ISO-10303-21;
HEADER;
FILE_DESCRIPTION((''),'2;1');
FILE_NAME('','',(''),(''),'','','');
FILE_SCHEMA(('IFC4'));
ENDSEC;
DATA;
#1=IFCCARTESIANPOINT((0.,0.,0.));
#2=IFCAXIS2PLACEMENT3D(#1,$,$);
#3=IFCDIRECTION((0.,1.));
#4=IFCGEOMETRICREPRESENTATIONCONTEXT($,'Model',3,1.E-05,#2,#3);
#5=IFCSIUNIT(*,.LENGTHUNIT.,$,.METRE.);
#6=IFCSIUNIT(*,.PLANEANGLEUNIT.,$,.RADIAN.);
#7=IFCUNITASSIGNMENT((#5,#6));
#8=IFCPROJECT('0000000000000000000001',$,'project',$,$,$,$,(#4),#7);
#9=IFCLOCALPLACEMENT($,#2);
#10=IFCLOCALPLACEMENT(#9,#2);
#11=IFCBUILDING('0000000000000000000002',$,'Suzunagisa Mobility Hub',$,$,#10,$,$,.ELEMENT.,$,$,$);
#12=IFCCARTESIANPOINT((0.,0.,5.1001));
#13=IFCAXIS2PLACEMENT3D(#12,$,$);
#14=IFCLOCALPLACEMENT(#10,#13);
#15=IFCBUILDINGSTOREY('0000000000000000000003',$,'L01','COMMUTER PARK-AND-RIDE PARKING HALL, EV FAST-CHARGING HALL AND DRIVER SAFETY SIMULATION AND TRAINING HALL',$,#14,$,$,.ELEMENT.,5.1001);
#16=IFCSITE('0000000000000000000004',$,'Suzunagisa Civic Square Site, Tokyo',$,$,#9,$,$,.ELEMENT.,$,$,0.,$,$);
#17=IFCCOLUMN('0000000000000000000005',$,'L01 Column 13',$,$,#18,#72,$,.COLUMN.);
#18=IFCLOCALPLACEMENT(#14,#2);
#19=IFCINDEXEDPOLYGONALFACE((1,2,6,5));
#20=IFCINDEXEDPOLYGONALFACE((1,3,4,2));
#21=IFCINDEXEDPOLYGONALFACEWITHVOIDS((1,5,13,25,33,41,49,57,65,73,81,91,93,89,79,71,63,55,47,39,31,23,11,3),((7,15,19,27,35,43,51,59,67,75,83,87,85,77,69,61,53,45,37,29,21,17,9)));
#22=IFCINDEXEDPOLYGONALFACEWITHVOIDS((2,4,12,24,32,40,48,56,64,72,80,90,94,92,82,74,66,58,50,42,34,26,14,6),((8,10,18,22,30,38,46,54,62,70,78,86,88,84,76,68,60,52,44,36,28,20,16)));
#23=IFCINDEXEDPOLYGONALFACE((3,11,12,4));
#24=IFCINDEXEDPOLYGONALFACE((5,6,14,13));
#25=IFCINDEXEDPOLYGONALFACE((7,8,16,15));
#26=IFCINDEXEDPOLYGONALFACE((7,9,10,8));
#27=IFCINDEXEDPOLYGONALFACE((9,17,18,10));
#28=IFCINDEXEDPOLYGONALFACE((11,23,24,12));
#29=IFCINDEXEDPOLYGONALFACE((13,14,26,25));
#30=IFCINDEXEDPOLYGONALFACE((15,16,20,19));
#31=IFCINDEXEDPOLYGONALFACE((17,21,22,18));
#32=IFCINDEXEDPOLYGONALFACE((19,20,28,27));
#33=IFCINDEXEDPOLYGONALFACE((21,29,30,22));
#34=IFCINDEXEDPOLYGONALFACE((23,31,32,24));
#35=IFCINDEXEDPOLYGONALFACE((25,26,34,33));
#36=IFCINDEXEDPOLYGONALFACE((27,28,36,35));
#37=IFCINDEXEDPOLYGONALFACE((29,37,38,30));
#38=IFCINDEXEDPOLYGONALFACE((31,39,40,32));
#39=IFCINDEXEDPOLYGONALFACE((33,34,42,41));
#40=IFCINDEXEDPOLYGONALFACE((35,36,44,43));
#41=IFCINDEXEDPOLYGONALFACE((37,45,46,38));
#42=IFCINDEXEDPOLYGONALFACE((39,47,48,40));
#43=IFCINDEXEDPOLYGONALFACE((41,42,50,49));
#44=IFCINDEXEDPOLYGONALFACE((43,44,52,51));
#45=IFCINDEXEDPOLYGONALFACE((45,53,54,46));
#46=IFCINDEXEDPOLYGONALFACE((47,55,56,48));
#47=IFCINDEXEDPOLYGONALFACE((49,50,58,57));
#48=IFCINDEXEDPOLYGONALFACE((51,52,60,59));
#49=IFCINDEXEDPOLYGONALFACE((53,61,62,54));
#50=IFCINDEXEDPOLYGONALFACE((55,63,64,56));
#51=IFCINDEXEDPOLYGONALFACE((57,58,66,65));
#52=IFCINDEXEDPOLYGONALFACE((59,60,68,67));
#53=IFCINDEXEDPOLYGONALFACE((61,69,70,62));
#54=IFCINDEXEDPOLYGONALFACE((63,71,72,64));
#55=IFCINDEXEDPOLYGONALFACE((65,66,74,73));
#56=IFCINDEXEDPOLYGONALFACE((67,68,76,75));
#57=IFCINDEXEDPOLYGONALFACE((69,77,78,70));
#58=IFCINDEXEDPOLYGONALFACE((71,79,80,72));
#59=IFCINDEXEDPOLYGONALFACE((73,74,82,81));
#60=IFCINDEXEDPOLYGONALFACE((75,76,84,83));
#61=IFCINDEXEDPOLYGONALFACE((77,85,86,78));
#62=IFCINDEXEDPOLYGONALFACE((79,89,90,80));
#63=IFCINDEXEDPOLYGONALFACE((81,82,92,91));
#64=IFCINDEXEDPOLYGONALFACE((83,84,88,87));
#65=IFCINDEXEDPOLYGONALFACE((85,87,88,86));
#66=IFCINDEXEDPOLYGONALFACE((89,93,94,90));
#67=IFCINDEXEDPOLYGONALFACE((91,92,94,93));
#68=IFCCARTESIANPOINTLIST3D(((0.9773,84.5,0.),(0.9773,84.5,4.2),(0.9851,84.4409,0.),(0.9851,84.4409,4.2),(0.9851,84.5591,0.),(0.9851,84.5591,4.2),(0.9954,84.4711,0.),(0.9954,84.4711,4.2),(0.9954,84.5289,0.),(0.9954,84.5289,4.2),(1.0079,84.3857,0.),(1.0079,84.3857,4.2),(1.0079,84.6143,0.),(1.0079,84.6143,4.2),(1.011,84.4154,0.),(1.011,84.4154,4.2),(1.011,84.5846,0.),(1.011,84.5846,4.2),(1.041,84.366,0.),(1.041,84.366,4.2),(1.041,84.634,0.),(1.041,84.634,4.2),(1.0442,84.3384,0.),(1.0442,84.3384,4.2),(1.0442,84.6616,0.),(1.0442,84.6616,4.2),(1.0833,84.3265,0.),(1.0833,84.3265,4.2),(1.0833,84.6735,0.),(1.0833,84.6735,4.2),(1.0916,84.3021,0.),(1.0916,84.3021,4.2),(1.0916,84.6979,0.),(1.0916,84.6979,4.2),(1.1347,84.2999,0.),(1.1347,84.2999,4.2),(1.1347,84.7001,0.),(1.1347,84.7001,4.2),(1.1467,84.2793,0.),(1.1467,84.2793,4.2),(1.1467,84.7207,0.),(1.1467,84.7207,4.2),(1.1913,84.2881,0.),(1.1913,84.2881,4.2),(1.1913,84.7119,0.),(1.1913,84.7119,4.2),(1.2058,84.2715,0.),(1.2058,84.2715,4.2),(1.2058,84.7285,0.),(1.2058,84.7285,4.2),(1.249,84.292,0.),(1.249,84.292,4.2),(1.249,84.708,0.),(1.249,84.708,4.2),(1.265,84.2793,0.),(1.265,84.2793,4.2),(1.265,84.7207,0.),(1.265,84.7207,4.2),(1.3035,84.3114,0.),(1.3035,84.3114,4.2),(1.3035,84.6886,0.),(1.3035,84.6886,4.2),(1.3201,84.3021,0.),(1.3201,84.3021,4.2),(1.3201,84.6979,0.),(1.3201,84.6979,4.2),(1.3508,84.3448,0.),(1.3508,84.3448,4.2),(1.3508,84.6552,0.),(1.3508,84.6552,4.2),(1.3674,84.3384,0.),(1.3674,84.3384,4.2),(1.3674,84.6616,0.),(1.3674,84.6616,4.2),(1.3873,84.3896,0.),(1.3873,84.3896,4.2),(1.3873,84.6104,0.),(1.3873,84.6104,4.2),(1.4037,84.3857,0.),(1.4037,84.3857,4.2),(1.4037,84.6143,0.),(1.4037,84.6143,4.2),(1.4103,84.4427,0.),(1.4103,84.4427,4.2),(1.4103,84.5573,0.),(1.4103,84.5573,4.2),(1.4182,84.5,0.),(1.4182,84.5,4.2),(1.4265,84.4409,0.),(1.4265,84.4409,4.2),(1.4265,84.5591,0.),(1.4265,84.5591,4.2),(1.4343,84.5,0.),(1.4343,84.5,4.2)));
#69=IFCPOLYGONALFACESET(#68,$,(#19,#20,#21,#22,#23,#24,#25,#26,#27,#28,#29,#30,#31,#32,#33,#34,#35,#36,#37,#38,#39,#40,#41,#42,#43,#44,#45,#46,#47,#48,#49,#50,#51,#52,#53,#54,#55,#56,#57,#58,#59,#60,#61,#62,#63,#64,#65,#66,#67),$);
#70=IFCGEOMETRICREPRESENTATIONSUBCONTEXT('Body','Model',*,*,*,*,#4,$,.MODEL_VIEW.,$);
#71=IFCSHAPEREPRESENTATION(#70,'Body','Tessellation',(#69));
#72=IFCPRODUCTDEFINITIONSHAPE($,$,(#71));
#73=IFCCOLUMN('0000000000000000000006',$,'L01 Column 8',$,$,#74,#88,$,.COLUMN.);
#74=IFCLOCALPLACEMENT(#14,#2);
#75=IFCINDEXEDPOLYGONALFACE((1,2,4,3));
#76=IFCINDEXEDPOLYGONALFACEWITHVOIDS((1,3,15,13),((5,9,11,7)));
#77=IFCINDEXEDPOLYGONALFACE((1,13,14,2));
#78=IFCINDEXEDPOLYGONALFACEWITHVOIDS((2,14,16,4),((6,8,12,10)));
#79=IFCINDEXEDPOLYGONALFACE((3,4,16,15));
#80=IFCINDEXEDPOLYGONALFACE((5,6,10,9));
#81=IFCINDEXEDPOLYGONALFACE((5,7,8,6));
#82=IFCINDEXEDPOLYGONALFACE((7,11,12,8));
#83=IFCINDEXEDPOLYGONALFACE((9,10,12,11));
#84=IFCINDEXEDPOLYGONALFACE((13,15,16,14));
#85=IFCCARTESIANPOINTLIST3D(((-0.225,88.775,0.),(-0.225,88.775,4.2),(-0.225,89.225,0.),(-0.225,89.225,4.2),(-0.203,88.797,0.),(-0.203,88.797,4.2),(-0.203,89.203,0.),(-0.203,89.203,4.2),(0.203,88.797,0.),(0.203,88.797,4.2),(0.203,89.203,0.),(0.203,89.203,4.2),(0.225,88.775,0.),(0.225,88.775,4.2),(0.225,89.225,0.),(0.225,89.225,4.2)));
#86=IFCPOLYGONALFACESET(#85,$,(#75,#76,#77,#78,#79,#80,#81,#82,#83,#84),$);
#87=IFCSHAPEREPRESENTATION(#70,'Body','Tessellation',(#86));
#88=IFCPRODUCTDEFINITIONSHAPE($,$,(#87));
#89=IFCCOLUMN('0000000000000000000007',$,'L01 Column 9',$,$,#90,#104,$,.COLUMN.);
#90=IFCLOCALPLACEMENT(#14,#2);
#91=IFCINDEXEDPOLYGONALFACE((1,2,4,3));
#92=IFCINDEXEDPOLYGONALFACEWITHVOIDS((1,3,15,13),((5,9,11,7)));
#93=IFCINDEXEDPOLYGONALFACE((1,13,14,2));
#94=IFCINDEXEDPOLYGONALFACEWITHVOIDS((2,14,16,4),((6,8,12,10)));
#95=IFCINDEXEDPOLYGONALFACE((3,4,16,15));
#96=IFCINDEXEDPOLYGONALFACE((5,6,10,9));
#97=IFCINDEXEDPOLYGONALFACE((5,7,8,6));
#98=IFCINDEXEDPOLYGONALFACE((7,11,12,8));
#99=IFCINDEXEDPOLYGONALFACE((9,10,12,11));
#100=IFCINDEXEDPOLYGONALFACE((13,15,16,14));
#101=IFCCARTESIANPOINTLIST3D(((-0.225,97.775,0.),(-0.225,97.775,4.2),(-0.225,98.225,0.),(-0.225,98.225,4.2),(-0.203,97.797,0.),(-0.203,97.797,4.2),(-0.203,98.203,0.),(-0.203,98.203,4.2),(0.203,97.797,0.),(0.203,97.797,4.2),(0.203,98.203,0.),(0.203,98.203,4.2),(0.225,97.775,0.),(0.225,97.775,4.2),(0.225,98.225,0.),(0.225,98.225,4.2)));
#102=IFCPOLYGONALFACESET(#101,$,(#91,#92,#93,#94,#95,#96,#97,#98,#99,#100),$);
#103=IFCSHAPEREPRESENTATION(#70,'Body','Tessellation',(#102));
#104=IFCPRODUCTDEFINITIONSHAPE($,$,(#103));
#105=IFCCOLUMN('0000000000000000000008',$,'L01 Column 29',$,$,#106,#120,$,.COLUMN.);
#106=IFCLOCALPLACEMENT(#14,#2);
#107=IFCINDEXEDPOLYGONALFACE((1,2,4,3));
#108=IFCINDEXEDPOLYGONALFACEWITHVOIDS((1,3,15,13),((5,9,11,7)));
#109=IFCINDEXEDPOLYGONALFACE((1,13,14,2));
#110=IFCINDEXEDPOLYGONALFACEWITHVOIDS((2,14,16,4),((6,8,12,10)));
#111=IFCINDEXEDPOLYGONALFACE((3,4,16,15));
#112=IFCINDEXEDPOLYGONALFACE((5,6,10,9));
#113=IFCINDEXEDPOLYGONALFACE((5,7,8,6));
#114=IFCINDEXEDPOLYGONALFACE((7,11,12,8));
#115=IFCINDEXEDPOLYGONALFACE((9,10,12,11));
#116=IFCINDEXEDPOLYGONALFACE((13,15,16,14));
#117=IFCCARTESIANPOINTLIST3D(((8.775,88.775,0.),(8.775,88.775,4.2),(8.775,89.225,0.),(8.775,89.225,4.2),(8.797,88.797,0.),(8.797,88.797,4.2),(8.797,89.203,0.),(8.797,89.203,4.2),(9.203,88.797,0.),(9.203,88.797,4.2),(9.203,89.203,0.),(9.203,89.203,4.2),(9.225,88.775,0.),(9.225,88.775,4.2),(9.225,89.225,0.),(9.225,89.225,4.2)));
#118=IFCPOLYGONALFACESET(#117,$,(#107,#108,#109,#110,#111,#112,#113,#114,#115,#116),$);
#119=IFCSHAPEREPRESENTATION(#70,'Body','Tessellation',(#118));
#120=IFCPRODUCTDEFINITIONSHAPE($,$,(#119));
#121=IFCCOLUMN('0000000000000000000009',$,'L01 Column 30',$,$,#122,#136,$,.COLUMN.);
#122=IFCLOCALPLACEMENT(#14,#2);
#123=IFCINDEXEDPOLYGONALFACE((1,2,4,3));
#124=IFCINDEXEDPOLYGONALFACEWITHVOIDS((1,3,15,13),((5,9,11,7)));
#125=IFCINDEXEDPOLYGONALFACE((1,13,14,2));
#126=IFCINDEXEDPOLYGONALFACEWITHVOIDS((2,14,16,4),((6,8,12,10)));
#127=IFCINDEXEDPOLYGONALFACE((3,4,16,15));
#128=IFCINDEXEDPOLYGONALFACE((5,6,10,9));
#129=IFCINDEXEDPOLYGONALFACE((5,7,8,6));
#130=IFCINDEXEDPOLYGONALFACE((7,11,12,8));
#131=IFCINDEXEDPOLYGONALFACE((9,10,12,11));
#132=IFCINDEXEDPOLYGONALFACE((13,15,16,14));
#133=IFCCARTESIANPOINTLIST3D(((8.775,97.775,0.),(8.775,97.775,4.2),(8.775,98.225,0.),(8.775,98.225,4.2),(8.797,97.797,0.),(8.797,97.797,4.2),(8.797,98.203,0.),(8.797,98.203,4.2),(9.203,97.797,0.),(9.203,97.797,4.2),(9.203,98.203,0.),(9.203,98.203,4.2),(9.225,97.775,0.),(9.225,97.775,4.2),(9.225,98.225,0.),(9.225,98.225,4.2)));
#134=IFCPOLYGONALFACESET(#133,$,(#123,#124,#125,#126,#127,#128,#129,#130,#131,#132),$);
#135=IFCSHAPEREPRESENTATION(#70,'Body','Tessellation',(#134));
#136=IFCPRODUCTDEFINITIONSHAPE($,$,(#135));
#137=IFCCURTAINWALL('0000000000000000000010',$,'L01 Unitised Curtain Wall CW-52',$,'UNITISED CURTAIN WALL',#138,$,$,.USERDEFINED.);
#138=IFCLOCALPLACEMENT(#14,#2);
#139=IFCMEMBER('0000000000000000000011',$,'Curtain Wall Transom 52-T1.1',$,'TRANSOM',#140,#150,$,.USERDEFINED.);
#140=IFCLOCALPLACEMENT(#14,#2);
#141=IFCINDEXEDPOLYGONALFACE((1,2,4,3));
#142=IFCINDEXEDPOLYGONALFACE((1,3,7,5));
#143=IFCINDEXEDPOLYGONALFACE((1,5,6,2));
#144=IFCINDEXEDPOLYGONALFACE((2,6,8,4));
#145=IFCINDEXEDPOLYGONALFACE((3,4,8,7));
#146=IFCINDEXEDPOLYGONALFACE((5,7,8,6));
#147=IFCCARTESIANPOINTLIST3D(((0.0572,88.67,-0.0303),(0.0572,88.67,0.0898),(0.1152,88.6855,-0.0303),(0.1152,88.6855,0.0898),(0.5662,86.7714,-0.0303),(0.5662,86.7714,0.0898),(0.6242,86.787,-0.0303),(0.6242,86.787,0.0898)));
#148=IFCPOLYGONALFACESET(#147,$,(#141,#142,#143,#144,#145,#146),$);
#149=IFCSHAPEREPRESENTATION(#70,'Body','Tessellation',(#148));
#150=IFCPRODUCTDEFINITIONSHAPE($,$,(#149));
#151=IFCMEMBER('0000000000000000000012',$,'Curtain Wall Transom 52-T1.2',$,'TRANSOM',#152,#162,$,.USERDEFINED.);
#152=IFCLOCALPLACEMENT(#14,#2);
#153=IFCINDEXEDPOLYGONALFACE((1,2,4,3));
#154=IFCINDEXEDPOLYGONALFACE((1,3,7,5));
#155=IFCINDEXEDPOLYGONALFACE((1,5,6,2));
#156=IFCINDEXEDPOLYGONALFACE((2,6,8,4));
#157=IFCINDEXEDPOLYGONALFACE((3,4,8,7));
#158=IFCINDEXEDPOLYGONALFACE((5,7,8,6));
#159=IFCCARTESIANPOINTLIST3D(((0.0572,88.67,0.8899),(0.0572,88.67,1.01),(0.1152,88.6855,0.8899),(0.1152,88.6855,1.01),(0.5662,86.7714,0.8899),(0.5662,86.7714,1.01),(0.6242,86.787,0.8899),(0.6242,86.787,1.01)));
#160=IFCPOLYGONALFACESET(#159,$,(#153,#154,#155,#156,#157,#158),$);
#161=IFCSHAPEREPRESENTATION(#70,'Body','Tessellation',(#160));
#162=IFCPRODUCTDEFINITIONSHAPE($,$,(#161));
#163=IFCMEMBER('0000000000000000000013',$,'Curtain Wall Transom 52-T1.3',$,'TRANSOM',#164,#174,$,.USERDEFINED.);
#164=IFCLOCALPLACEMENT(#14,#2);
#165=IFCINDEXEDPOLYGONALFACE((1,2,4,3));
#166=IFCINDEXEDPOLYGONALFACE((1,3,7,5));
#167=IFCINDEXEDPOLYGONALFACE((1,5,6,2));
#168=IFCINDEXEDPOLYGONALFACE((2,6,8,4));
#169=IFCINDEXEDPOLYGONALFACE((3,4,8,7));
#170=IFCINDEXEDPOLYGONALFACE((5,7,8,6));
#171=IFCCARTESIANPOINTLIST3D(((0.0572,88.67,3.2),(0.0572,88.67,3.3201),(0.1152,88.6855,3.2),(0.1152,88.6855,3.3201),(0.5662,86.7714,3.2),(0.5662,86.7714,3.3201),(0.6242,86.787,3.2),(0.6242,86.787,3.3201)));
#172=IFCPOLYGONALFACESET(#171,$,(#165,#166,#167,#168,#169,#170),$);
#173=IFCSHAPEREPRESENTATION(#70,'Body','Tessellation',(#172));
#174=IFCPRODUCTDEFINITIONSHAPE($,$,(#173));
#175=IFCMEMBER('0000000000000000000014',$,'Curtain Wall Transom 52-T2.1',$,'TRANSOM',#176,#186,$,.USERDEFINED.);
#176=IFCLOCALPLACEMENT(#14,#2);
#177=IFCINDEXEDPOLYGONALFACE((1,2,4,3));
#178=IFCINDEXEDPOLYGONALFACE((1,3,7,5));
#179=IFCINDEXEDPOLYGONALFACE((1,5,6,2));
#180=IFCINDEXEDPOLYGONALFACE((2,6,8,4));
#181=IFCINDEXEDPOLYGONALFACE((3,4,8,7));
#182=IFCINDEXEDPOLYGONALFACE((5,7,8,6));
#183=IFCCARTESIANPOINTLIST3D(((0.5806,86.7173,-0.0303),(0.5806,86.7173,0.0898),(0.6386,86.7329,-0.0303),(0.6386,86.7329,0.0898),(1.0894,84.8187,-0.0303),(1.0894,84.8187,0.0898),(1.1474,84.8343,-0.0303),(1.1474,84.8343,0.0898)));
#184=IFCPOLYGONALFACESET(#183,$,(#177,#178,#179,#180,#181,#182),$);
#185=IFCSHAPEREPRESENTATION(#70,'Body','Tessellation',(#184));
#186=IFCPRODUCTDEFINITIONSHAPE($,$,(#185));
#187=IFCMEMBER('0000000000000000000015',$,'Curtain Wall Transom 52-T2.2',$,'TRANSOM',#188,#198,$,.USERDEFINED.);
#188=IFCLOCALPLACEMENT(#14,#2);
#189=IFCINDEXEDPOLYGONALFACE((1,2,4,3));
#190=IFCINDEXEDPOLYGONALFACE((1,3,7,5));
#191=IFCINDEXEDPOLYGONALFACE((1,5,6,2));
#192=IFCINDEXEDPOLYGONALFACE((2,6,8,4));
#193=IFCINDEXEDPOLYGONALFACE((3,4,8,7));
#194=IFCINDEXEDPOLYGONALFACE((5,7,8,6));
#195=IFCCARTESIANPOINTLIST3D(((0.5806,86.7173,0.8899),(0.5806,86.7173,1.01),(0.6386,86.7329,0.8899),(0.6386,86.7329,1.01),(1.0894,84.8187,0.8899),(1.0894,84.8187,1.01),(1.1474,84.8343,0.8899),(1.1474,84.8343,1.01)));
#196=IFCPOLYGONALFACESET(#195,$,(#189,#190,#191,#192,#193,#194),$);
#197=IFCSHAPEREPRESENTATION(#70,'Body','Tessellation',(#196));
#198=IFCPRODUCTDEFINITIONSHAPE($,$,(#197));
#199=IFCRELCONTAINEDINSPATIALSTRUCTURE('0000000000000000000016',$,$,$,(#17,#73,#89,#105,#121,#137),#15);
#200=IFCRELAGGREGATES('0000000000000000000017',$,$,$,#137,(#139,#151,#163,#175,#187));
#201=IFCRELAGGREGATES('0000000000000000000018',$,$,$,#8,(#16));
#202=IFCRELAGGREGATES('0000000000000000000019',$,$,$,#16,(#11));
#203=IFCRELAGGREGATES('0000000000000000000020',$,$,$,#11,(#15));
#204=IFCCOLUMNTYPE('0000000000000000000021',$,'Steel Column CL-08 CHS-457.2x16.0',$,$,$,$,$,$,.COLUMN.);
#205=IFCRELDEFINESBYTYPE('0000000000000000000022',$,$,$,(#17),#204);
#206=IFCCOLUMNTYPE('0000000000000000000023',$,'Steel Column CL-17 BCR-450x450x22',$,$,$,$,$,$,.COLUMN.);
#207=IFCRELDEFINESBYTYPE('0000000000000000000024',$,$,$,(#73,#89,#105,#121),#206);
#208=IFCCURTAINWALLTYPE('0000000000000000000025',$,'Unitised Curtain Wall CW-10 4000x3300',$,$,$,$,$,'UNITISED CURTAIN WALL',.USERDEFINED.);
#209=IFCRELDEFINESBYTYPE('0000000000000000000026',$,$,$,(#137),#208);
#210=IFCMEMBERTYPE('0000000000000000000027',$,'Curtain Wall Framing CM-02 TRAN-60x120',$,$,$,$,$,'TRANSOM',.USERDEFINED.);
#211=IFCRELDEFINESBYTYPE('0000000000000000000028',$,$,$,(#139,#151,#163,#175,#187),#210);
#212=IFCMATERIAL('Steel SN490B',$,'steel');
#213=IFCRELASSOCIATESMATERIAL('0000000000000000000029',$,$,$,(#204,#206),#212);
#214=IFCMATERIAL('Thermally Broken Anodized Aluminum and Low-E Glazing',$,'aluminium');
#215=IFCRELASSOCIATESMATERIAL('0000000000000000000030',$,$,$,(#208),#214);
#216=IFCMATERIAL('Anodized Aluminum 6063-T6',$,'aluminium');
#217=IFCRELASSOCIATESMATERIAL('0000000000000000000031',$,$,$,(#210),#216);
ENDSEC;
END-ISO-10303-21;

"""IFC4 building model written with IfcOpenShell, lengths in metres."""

from ifc_helpers import new_model, si_unit, direction, frame, origin, origin_2d, place, context, subcontext, project, spatial, rectangle, hollow_rectangle, hollow_circle, extrude, material, material_profile, profile_set, type_object, element, aggregate, save


model = new_model("IFC4")

# Units and contexts
model_context = context("Model", 3, precision=1e-05, world=origin(), true_north=direction((0.0, 1.0)))
body_context = subcontext(model_context, "Body", "Model", "MODEL_VIEW")
ifc_project = project(units=[si_unit("LENGTHUNIT", "METRE"), si_unit("PLANEANGLEUNIT", "RADIAN")], contexts=[model_context])

# Site, building, storey
site_placement = place(None, origin())
site = spatial("IfcSite", under=ifc_project, at=site_placement, Name="Suzunagisa Civic Square Site, Tokyo", CompositionType="ELEMENT", RefElevation=0.0)
building_placement = place(site_placement, origin())
building = spatial("IfcBuilding", under=site, at=building_placement, Name="Suzunagisa Mobility Hub", CompositionType="ELEMENT")
storey_placement = place(building_placement, frame((0.0, 0.0, 5.1001)))
storey = spatial("IfcBuildingStorey", under=building, at=storey_placement, Name="L01", Description="COMMUTER PARK-AND-RIDE PARKING HALL, EV FAST-CHARGING HALL AND DRIVER SAFETY SIMULATION AND TRAINING HALL", CompositionType="ELEMENT", Elevation=5.1001)

# Columns
ifc_material_1 = material(Name="Steel SN490B", Category="steel")
ifc_material_profile_1 = material_profile(ifc_material_1, hollow_circle(Radius=0.2285, WallThickness=0.0161, at=origin_2d()), Name="CHS-457.2x16.0")
ifc_profile_set_1 = profile_set([ifc_material_profile_1], Name="Steel SN490B")
column_type_1 = type_object("IfcColumnType", Name="Steel Column CL-08 CHS-457.2x16.0", PredefinedType="COLUMN", material=ifc_profile_set_1)
column_placement = place(storey_placement, frame((1.2058, 84.5, 0.0), z_axis=(0.0, 0.0, 1.0), x_axis=(1.0, 0.0, 0.0)))
element("IfcColumn", 1, at=column_placement, inside=storey, type_object=column_type_1, Name="L01 Column 13", PredefinedType="COLUMN", context=body_context, shape_type="SweptSolid", body=[
    extrude(hollow_circle(Radius=0.2285, WallThickness=0.0161, at=origin_2d()), origin(), (0.0, 0.0, 1.0), 4.2),
])
ifc_material_profile_2 = material_profile(ifc_material_1, hollow_rectangle(XDim=0.45, YDim=0.45, WallThickness=0.022, at=origin_2d()), Name="BCR-450x450x22")
ifc_profile_set_2 = profile_set([ifc_material_profile_2], Name="Steel SN490B")
column_type_2 = type_object("IfcColumnType", Name="Steel Column CL-17 BCR-450x450x22", PredefinedType="COLUMN", material=ifc_profile_set_2)
for number, where, z_axis, x_axis, name in (
    (2, (0.0, 89.0, 0.0), (0.0, 0.0, 1.0), (1.0, 0.0, 0.0), "L01 Column 8"),
    (3, (0.0, 98.0, 0.0), (0.0, 0.0, 1.0), (1.0, 0.0, 0.0), "L01 Column 9"),
    (4, (9.0, 89.0, 0.0), (0.0, 0.0, 1.0), (1.0, 0.0, 0.0), "L01 Column 29"),
    (5, (9.0, 98.0, 0.0), (0.0, 0.0, 1.0), (1.0, 0.0, 0.0), "L01 Column 30"),
):
    element("IfcColumn", number, at=place(storey_placement, frame(where, z_axis=z_axis, x_axis=x_axis)), inside=storey, type_object=column_type_2, Name=name, PredefinedType="COLUMN", context=body_context, shape_type="SweptSolid", body=[
        extrude(hollow_rectangle(XDim=0.45, YDim=0.45, WallThickness=0.022, at=origin_2d()), origin(), (0.0, 0.0, 1.0), 4.2),
    ])

# Curtain wall, members
ifc_material_2 = material(Name="Thermally Broken Anodized Aluminum and Low-E Glazing", Category="aluminium")
curtain_wall_type_1 = type_object("IfcCurtainWallType", Name="Unitised Curtain Wall CW-10 4000x3300", ElementType="UNITISED CURTAIN WALL", PredefinedType="USERDEFINED", material=ifc_material_2)
curtain_wall_1_placement = place(storey_placement, origin())
curtain_wall_1 = element("IfcCurtainWall", 6, at=curtain_wall_1_placement, inside=storey, type_object=curtain_wall_type_1, Name="L01 Unitised Curtain Wall CW-52", ObjectType="UNITISED CURTAIN WALL", PredefinedType="USERDEFINED")
ifc_material_3 = material(Name="Anodized Aluminum 6063-T6", Category="aluminium")
ifc_material_profile_3 = material_profile(ifc_material_3, rectangle(XDim=0.0601, YDim=0.1201, at=origin_2d()), Name="TRAN-60x120")
ifc_profile_set_3 = profile_set([ifc_material_profile_3], Name="Anodized Aluminum 6063-T6")
member_type_1 = type_object("IfcMemberType", Name="Curtain Wall Framing CM-02 TRAN-60x120", ElementType="TRANSOM", PredefinedType="USERDEFINED", material=ifc_profile_set_3)
member_1_placement = place(storey_placement, frame((0.0862, 88.6777, 0.0298), z_axis=(0.258984, -0.965881, 0.0), x_axis=(0.965881, 0.258984, 0.0)))
member_1 = element("IfcMember", 7, at=member_1_placement, type_object=member_type_1, Name="Curtain Wall Transom 52-T1.1", ObjectType="TRANSOM", PredefinedType="USERDEFINED", context=body_context, shape_type="SweptSolid", body=[
    extrude(rectangle(XDim=0.0601, YDim=0.1201, at=origin_2d()), origin(), (0.0, 0.0, 1.0), 1.9656),
])
member_2_placement = place(storey_placement, frame((0.0862, 88.6777, 0.95), z_axis=(0.258984, -0.965881, 0.0), x_axis=(0.965881, 0.258984, 0.0)))
member_2 = element("IfcMember", 8, at=member_2_placement, type_object=member_type_1, Name="Curtain Wall Transom 52-T1.2", ObjectType="TRANSOM", PredefinedType="USERDEFINED", context=body_context, shape_type="SweptSolid", body=[
    extrude(rectangle(XDim=0.0601, YDim=0.1201, at=origin_2d()), origin(), (0.0, 0.0, 1.0), 1.9656),
])
member_3_placement = place(storey_placement, frame((0.0862, 88.6777, 3.26), z_axis=(0.258984, -0.965881, 0.0), x_axis=(0.965881, 0.258984, 0.0)))
member_3 = element("IfcMember", 9, at=member_3_placement, type_object=member_type_1, Name="Curtain Wall Transom 52-T1.3", ObjectType="TRANSOM", PredefinedType="USERDEFINED", context=body_context, shape_type="SweptSolid", body=[
    extrude(rectangle(XDim=0.0601, YDim=0.1201, at=origin_2d()), origin(), (0.0, 0.0, 1.0), 1.9656),
])
member_4_placement = place(storey_placement, frame((0.6096, 86.7251, 0.0298), z_axis=(0.258837, -0.965921, 0.0), x_axis=(0.965921, 0.258837, 0.0)))
member_4 = element("IfcMember", 10, at=member_4_placement, type_object=member_type_1, Name="Curtain Wall Transom 52-T2.1", ObjectType="TRANSOM", PredefinedType="USERDEFINED", context=body_context, shape_type="SweptSolid", body=[
    extrude(rectangle(XDim=0.0601, YDim=0.1201, at=origin_2d()), origin(), (0.0, 0.0, 1.0), 1.9656),
])
member_5_placement = place(storey_placement, frame((0.6096, 86.7251, 0.95), z_axis=(0.258837, -0.965921, 0.0), x_axis=(0.965921, 0.258837, 0.0)))
member_5 = element("IfcMember", 11, at=member_5_placement, type_object=member_type_1, Name="Curtain Wall Transom 52-T2.2", ObjectType="TRANSOM", PredefinedType="USERDEFINED", context=body_context, shape_type="SweptSolid", body=[
    extrude(rectangle(XDim=0.0601, YDim=0.1201, at=origin_2d()), origin(), (0.0, 0.0, 1.0), 1.9656),
])

aggregate(curtain_wall_1, [member_1, member_2, member_3, member_4, member_5])

save(model, "model.ifc")
